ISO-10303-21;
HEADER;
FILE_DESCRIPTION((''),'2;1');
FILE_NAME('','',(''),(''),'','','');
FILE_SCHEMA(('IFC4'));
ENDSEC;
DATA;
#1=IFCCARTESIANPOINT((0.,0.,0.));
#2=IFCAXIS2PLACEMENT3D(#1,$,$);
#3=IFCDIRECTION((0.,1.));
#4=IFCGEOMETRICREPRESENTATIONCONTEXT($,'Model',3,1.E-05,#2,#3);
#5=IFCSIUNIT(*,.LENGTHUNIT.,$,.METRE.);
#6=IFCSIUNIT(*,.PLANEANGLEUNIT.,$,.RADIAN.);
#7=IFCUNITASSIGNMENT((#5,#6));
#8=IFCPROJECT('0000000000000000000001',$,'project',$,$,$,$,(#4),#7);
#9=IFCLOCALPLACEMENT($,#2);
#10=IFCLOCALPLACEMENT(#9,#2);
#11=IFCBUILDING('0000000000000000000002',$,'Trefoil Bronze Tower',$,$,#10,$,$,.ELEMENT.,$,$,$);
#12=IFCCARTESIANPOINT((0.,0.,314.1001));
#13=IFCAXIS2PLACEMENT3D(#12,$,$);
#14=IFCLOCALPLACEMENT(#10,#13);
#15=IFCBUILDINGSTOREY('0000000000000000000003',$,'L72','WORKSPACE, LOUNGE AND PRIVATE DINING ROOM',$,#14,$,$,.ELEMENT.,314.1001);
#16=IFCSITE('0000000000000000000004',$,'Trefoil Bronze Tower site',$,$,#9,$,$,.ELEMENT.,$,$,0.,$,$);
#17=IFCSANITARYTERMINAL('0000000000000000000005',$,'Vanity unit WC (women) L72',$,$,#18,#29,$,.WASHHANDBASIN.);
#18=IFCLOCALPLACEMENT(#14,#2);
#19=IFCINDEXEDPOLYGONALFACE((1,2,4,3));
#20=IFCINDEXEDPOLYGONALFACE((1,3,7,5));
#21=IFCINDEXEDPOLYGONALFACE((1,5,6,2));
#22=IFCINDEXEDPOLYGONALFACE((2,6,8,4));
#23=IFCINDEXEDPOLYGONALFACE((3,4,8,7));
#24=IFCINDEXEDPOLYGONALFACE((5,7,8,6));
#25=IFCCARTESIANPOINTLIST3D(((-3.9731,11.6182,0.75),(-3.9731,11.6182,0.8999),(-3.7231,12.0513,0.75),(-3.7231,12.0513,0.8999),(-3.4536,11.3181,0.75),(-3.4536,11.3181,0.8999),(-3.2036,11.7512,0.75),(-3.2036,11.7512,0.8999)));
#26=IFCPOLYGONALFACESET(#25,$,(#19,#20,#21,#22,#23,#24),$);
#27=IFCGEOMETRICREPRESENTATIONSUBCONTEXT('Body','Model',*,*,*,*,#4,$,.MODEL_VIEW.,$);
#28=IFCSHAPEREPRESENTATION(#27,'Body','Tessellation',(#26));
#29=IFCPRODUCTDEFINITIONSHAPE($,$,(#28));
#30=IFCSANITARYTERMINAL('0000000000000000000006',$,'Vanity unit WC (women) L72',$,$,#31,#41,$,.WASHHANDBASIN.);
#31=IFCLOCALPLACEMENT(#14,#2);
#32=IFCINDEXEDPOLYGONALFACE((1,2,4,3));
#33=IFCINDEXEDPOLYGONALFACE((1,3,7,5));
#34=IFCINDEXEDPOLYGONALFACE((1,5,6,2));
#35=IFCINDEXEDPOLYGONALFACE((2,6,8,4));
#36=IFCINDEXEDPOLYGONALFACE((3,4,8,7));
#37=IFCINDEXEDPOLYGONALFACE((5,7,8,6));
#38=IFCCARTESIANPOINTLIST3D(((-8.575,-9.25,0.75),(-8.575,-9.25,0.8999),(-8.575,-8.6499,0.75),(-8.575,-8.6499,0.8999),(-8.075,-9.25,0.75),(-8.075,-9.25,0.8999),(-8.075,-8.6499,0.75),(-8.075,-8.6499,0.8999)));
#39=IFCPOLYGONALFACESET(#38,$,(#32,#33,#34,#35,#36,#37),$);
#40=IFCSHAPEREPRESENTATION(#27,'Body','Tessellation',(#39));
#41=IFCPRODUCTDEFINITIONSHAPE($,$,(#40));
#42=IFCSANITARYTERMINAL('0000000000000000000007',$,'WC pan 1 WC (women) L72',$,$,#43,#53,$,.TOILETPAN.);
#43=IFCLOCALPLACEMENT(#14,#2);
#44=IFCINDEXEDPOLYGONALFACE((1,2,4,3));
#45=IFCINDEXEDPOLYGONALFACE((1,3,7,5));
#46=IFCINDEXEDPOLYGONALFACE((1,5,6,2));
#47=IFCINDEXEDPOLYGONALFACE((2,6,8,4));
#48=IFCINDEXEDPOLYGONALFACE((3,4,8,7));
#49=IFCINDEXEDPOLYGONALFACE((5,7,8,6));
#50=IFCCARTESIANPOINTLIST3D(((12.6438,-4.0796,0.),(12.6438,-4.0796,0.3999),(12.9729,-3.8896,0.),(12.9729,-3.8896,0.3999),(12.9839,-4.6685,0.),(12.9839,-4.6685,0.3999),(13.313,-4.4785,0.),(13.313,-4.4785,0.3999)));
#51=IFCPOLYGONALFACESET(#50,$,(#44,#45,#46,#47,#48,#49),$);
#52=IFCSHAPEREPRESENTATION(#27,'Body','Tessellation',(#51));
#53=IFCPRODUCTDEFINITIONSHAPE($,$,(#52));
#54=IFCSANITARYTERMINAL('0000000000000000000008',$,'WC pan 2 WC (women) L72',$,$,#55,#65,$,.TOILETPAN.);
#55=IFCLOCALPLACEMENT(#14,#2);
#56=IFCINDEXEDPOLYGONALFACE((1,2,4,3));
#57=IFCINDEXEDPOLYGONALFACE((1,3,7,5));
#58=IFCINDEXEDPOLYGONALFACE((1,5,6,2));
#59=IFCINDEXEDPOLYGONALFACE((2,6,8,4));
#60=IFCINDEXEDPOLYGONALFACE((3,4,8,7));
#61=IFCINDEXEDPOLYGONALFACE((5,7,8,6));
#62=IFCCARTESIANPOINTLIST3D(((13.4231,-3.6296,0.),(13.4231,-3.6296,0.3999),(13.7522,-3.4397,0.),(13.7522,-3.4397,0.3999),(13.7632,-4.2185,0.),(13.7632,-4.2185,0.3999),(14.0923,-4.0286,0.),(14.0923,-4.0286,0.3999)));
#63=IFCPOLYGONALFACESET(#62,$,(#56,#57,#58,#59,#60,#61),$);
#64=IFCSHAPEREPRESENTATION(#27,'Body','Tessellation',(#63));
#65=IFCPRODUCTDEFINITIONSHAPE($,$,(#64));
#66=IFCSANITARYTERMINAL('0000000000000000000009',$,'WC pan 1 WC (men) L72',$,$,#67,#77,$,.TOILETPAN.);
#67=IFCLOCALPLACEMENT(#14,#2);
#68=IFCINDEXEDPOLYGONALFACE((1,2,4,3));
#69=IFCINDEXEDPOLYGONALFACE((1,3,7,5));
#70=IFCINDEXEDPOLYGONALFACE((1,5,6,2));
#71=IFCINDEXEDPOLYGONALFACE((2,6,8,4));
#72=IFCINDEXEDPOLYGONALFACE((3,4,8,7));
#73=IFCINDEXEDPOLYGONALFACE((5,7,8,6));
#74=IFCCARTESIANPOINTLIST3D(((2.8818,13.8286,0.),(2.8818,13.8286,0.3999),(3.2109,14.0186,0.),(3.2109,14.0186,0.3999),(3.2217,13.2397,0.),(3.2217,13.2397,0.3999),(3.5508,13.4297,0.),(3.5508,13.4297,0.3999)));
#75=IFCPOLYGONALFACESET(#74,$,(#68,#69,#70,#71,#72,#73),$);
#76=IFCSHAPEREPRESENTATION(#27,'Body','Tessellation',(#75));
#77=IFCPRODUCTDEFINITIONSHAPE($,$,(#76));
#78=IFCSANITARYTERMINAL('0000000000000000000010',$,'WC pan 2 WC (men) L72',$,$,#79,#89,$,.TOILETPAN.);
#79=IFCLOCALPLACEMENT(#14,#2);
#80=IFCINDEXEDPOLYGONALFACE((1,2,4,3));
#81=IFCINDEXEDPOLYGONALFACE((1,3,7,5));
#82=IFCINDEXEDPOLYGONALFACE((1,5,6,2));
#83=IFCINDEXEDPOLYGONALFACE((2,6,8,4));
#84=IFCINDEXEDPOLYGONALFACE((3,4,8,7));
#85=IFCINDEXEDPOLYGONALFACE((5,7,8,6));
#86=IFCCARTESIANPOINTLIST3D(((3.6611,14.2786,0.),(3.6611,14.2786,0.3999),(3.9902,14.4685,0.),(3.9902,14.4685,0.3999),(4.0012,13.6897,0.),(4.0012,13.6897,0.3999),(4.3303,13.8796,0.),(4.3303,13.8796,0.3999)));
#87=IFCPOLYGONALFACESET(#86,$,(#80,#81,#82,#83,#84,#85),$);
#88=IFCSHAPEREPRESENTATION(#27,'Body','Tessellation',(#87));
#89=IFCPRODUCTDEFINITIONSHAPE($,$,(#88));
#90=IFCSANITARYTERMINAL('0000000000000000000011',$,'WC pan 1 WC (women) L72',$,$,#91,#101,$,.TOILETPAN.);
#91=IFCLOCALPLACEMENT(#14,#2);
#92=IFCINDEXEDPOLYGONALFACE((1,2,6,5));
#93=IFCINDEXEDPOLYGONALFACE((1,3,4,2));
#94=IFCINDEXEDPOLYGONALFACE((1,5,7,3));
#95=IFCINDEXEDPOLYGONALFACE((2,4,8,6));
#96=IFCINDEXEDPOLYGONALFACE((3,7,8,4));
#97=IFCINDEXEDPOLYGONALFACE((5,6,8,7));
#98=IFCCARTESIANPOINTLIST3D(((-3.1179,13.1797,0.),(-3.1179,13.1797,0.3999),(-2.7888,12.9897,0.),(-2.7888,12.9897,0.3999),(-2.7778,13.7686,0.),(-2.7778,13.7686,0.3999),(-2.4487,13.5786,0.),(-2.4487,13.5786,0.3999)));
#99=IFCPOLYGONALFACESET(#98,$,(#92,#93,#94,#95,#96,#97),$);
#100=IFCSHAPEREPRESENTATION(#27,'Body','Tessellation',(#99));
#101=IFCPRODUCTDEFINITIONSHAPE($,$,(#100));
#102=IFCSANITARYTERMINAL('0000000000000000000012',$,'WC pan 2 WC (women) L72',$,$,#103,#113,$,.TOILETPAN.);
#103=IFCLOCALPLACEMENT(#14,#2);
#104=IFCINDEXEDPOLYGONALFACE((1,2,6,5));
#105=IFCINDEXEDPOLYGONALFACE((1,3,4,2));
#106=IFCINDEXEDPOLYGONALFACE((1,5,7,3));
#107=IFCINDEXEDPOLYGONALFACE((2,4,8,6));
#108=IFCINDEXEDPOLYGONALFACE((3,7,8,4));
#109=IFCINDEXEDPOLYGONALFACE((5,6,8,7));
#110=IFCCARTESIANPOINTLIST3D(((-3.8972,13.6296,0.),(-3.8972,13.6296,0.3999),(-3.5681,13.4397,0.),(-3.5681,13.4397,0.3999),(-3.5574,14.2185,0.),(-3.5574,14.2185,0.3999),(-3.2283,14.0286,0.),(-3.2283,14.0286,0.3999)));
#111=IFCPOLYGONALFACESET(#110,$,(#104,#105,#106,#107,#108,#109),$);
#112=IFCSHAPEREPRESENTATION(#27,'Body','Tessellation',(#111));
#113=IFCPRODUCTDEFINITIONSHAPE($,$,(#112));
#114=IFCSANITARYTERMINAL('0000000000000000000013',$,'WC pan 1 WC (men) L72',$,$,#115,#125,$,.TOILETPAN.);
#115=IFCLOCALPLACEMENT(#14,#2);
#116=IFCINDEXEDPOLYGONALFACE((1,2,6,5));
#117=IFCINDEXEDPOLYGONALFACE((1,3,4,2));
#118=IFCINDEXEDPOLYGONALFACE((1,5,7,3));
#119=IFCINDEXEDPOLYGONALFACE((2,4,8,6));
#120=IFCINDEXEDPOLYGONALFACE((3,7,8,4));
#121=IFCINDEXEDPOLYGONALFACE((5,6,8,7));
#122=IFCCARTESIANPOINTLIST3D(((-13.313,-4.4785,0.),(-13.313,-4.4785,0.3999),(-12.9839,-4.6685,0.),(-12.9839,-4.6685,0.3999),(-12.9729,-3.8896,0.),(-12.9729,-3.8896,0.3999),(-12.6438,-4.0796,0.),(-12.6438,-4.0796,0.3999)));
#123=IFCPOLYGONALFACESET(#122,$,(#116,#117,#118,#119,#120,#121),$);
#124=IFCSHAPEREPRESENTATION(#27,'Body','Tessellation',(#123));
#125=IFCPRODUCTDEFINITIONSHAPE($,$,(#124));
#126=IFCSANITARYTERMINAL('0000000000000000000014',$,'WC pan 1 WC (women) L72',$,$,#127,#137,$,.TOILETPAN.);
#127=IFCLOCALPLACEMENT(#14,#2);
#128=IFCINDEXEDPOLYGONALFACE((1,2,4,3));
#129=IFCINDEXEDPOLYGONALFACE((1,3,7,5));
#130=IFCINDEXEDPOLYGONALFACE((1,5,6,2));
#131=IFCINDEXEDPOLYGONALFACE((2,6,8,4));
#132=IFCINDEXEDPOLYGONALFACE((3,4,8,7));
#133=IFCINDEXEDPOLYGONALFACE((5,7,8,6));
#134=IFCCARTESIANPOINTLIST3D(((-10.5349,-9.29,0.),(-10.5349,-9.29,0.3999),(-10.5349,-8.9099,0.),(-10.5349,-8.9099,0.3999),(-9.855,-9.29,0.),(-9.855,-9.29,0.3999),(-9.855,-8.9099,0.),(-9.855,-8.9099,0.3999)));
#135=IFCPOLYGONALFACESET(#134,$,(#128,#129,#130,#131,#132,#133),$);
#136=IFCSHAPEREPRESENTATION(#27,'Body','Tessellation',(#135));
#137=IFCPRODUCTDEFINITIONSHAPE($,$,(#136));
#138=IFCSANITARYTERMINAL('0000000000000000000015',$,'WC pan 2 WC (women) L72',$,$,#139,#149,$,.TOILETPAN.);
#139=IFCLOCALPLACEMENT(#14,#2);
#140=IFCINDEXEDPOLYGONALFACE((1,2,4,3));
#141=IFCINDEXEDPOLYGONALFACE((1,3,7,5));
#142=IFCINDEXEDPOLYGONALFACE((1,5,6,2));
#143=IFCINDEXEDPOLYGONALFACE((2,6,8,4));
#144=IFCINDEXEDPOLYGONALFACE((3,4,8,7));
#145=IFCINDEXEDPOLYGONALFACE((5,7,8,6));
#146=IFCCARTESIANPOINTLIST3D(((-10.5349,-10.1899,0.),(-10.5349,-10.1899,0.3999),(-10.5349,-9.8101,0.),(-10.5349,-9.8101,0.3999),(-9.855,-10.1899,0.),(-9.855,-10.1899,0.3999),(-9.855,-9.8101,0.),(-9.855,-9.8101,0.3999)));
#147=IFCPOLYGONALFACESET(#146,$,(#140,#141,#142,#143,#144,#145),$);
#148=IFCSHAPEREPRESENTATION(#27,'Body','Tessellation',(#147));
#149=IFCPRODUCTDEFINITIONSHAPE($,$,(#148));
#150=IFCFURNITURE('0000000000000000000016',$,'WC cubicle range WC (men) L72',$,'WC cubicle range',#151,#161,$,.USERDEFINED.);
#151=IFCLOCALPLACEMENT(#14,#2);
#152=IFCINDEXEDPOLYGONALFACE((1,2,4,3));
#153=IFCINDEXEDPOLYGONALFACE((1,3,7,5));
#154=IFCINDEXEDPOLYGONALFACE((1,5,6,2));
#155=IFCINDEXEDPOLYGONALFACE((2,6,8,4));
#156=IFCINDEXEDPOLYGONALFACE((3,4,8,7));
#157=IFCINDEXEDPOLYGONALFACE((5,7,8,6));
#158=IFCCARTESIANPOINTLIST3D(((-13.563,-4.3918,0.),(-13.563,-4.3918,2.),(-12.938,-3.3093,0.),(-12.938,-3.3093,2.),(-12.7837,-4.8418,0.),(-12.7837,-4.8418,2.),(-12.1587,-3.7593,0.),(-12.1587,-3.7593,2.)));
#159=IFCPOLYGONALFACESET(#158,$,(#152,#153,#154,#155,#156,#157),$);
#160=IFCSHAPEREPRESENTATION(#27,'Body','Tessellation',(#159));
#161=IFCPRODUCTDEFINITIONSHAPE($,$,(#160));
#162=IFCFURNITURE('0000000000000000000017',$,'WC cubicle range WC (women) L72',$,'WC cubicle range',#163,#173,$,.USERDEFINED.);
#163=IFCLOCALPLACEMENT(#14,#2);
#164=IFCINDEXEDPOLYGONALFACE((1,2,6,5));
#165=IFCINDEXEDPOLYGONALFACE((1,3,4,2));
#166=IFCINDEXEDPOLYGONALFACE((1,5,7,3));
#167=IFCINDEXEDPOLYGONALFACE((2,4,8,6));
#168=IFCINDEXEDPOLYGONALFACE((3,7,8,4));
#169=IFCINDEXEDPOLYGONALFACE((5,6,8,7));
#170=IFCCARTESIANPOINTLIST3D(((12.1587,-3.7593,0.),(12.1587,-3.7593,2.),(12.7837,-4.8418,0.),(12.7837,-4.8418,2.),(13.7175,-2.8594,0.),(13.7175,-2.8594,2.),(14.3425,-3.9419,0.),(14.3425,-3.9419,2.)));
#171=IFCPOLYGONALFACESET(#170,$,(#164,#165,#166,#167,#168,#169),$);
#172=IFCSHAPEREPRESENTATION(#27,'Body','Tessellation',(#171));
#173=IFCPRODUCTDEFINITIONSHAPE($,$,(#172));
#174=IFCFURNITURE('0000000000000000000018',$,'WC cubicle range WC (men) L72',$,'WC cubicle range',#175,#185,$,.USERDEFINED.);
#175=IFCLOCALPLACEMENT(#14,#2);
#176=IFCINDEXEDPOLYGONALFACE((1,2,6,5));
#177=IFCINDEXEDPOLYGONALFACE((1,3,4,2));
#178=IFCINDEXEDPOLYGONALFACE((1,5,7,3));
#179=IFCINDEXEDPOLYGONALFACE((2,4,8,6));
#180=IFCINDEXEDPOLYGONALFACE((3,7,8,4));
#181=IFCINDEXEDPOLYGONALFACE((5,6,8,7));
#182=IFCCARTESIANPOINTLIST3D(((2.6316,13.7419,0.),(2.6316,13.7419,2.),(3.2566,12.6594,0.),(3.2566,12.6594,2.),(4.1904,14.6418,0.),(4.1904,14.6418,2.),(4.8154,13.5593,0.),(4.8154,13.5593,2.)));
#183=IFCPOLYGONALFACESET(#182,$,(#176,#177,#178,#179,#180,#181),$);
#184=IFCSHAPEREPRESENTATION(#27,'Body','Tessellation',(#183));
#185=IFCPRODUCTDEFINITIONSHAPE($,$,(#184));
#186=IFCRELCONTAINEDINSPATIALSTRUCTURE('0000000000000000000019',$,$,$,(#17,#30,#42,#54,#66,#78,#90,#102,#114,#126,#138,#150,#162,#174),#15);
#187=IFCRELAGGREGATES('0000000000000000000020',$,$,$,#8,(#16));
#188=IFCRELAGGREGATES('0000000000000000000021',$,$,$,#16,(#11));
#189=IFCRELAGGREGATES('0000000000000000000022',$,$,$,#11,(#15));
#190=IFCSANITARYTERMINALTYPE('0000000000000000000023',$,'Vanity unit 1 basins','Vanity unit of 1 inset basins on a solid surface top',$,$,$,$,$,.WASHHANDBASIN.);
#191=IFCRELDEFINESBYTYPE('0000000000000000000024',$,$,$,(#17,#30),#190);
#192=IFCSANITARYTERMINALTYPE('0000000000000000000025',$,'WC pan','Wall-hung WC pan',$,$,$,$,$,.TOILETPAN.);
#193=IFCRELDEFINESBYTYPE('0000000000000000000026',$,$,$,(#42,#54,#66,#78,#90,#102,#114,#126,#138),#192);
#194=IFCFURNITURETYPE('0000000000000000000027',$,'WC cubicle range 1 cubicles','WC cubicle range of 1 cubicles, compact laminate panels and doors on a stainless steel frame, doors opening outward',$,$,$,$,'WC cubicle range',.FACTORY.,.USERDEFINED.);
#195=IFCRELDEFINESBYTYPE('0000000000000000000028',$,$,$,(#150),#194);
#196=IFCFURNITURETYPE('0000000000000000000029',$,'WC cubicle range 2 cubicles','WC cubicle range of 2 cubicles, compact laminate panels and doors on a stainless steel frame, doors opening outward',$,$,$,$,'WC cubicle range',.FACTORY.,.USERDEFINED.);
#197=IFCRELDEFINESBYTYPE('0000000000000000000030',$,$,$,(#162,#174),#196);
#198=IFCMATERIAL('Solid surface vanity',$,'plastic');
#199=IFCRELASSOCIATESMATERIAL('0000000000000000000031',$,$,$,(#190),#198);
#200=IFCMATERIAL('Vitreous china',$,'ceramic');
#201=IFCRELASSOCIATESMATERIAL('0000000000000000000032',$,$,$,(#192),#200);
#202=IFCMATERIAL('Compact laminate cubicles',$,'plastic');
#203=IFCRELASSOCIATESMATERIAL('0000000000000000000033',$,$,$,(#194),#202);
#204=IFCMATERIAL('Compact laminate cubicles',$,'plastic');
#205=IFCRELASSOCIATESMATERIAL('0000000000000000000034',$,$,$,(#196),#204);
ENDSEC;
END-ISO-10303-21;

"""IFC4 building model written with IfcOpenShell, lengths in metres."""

from ifc_helpers import new_model, si_unit, direction, frame, origin, place, context, subcontext, project, spatial, polyline, outline, extrude, material, type_object, element, save


model = new_model("IFC4")

# Units and contexts
model_context = context("Model", 3, precision=1e-05, world=origin(), true_north=direction((0.0, 1.0)))
body_context = subcontext(model_context, "Body", "Model", "MODEL_VIEW")
ifc_project = project(units=[si_unit("LENGTHUNIT", "METRE"), si_unit("PLANEANGLEUNIT", "RADIAN")], contexts=[model_context])

# Site, building, storey
site_placement = place(None, origin())
site = spatial("IfcSite", under=ifc_project, at=site_placement, Name="Trefoil Bronze Tower site", CompositionType="ELEMENT", RefElevation=0.0)
building_placement = place(site_placement, origin())
building = spatial("IfcBuilding", under=site, at=building_placement, Name="Trefoil Bronze Tower", CompositionType="ELEMENT")
storey_placement = place(building_placement, frame((0.0, 0.0, 314.1001)))
storey = spatial("IfcBuildingStorey", under=building, at=storey_placement, Name="L72", Description="WORKSPACE, LOUNGE AND PRIVATE DINING ROOM", CompositionType="ELEMENT", Elevation=314.1001)

# Sanitary terminals
ifc_material_1 = material(Name="Solid surface vanity", Category="plastic")
sanitary_terminal_type_1 = type_object("IfcSanitaryTerminalType", Name="Vanity unit 1 basins", Description="Vanity unit of 1 inset basins on a solid surface top", PredefinedType="WASHHANDBASIN", material=ifc_material_1)
sanitary_terminal_1_placement = place(storey_placement, frame((0.0, 0.0, 0.75)))
element("IfcSanitaryTerminal", 1, at=sanitary_terminal_1_placement, inside=storey, type_object=sanitary_terminal_type_1, Name="Vanity unit WC (women) L72", PredefinedType="WASHHANDBASIN", context=body_context, shape_type="SweptSolid", body=[
    extrude(outline(polyline([(-3.4536, 11.3181), (-3.2036, 11.7512), (-3.7231, 12.0513), (-3.9731, 11.6182), (-3.4536, 11.3181)])), origin(), (0.0, 0.0, 1.0), 0.1499),
])
sanitary_terminal_2_placement = place(storey_placement, frame((0.0, 0.0, 0.75)))
element("IfcSanitaryTerminal", 2, at=sanitary_terminal_2_placement, inside=storey, type_object=sanitary_terminal_type_1, Name="Vanity unit WC (women) L72", PredefinedType="WASHHANDBASIN", context=body_context, shape_type="SweptSolid", body=[
    extrude(outline(polyline([(-8.075, -8.6499), (-8.575, -8.6499), (-8.575, -9.25), (-8.075, -9.25), (-8.075, -8.6499)])), origin(), (0.0, 0.0, 1.0), 0.1499),
])
ifc_material_2 = material(Name="Vitreous china", Category="ceramic")
sanitary_terminal_type_2 = type_object("IfcSanitaryTerminalType", Name="WC pan", Description="Wall-hung WC pan", PredefinedType="TOILETPAN", material=ifc_material_2)
sanitary_terminal_3_placement = place(storey_placement, origin())
element("IfcSanitaryTerminal", 3, at=sanitary_terminal_3_placement, inside=storey, type_object=sanitary_terminal_type_2, Name="WC pan 1 WC (women) L72", PredefinedType="TOILETPAN", context=body_context, shape_type="SweptSolid", body=[
    extrude(outline(polyline([(12.6438, -4.0796), (12.9839, -4.6685), (13.313, -4.4785), (12.9729, -3.8896), (12.6438, -4.0796)])), origin(), (0.0, 0.0, 1.0), 0.3999),
])
sanitary_terminal_4_placement = place(storey_placement, origin())
element("IfcSanitaryTerminal", 4, at=sanitary_terminal_4_placement, inside=storey, type_object=sanitary_terminal_type_2, Name="WC pan 2 WC (women) L72", PredefinedType="TOILETPAN", context=body_context, shape_type="SweptSolid", body=[
    extrude(outline(polyline([(13.4231, -3.6296), (13.7632, -4.2185), (14.0923, -4.0286), (13.7522, -3.4397), (13.4231, -3.6296)])), origin(), (0.0, 0.0, 1.0), 0.3999),
])
sanitary_terminal_5_placement = place(storey_placement, origin())
element("IfcSanitaryTerminal", 5, at=sanitary_terminal_5_placement, inside=storey, type_object=sanitary_terminal_type_2, Name="WC pan 1 WC (men) L72", PredefinedType="TOILETPAN", context=body_context, shape_type="SweptSolid", body=[
    extrude(outline(polyline([(3.2217, 13.2397), (2.8818, 13.8286), (3.2109, 14.0186), (3.5508, 13.4297), (3.2217, 13.2397)])), origin(), (0.0, 0.0, 1.0), 0.3999),
])
sanitary_terminal_6_placement = place(storey_placement, origin())
element("IfcSanitaryTerminal", 6, at=sanitary_terminal_6_placement, inside=storey, type_object=sanitary_terminal_type_2, Name="WC pan 2 WC (men) L72", PredefinedType="TOILETPAN", context=body_context, shape_type="SweptSolid", body=[
    extrude(outline(polyline([(4.0012, 13.6897), (3.6611, 14.2786), (3.9902, 14.4685), (4.3303, 13.8796), (4.0012, 13.6897)])), origin(), (0.0, 0.0, 1.0), 0.3999),
])
sanitary_terminal_7_placement = place(storey_placement, origin())
element("IfcSanitaryTerminal", 7, at=sanitary_terminal_7_placement, inside=storey, type_object=sanitary_terminal_type_2, Name="WC pan 1 WC (women) L72", PredefinedType="TOILETPAN", context=body_context, shape_type="SweptSolid", body=[
    extrude(outline(polyline([(-2.7888, 12.9897), (-2.4487, 13.5786), (-2.7778, 13.7686), (-3.1179, 13.1797), (-2.7888, 12.9897)])), origin(), (0.0, 0.0, 1.0), 0.3999),
])
sanitary_terminal_8_placement = place(storey_placement, origin())
element("IfcSanitaryTerminal", 8, at=sanitary_terminal_8_placement, inside=storey, type_object=sanitary_terminal_type_2, Name="WC pan 2 WC (women) L72", PredefinedType="TOILETPAN", context=body_context, shape_type="SweptSolid", body=[
    extrude(outline(polyline([(-3.5681, 13.4397), (-3.2283, 14.0286), (-3.5574, 14.2185), (-3.8972, 13.6296), (-3.5681, 13.4397)])), origin(), (0.0, 0.0, 1.0), 0.3999),
])
sanitary_terminal_9_placement = place(storey_placement, origin())
element("IfcSanitaryTerminal", 9, at=sanitary_terminal_9_placement, inside=storey, type_object=sanitary_terminal_type_2, Name="WC pan 1 WC (men) L72", PredefinedType="TOILETPAN", context=body_context, shape_type="SweptSolid", body=[
    extrude(outline(polyline([(-12.6438, -4.0796), (-12.9839, -4.6685), (-13.313, -4.4785), (-12.9729, -3.8896), (-12.6438, -4.0796)])), origin(), (0.0, 0.0, 1.0), 0.3999),
])
sanitary_terminal_10_placement = place(storey_placement, origin())
element("IfcSanitaryTerminal", 10, at=sanitary_terminal_10_placement, inside=storey, type_object=sanitary_terminal_type_2, Name="WC pan 1 WC (women) L72", PredefinedType="TOILETPAN", context=body_context, shape_type="SweptSolid", body=[
    extrude(outline(polyline([(-9.855, -8.9099), (-10.5349, -8.9099), (-10.5349, -9.29), (-9.855, -9.29), (-9.855, -8.9099)])), origin(), (0.0, 0.0, 1.0), 0.3999),
])
sanitary_terminal_11_placement = place(storey_placement, origin())
element("IfcSanitaryTerminal", 11, at=sanitary_terminal_11_placement, inside=storey, type_object=sanitary_terminal_type_2, Name="WC pan 2 WC (women) L72", PredefinedType="TOILETPAN", context=body_context, shape_type="SweptSolid", body=[
    extrude(outline(polyline([(-9.855, -9.8101), (-10.5349, -9.8101), (-10.5349, -10.1899), (-9.855, -10.1899), (-9.855, -9.8101)])), origin(), (0.0, 0.0, 1.0), 0.3999),
])

# Furniture
ifc_material_3 = material(Name="Compact laminate cubicles", Category="plastic")
furniture_type_1 = type_object("IfcFurnitureType", Name="WC cubicle range 1 cubicles", Description="WC cubicle range of 1 cubicles, compact laminate panels and doors on a stainless steel frame, doors opening outward", ElementType="WC cubicle range", AssemblyPlace="FACTORY", PredefinedType="USERDEFINED", material=ifc_material_3)
furniture_1_placement = place(storey_placement, origin())
element("IfcFurniture", 12, at=furniture_1_placement, inside=storey, type_object=furniture_type_1, Name="WC cubicle range WC (men) L72", ObjectType="WC cubicle range", PredefinedType="USERDEFINED", context=body_context, shape_type="SweptSolid", body=[
    extrude(outline(polyline([(-12.1587, -3.7593), (-12.7837, -4.8418), (-13.563, -4.3918), (-12.938, -3.3093), (-12.1587, -3.7593)])), origin(), (0.0, 0.0, 1.0), 2.0),
])
ifc_material_4 = material(Name="Compact laminate cubicles", Category="plastic")
furniture_type_2 = type_object("IfcFurnitureType", Name="WC cubicle range 2 cubicles", Description="WC cubicle range of 2 cubicles, compact laminate panels and doors on a stainless steel frame, doors opening outward", ElementType="WC cubicle range", AssemblyPlace="FACTORY", PredefinedType="USERDEFINED", material=ifc_material_4)
furniture_2_placement = place(storey_placement, origin())
element("IfcFurniture", 13, at=furniture_2_placement, inside=storey, type_object=furniture_type_2, Name="WC cubicle range WC (women) L72", ObjectType="WC cubicle range", PredefinedType="USERDEFINED", context=body_context, shape_type="SweptSolid", body=[
    extrude(outline(polyline([(12.1587, -3.7593), (12.7837, -4.8418), (14.3425, -3.9419), (13.7175, -2.8594), (12.1587, -3.7593)])), origin(), (0.0, 0.0, 1.0), 2.0),
])
furniture_3_placement = place(storey_placement, origin())
element("IfcFurniture", 14, at=furniture_3_placement, inside=storey, type_object=furniture_type_2, Name="WC cubicle range WC (men) L72", ObjectType="WC cubicle range", PredefinedType="USERDEFINED", context=body_context, shape_type="SweptSolid", body=[
    extrude(outline(polyline([(3.2566, 12.6594), (2.6316, 13.7419), (4.1904, 14.6418), (4.8154, 13.5593), (3.2566, 12.6594)])), origin(), (0.0, 0.0, 1.0), 2.0),
])

save(model, "model.ifc")
